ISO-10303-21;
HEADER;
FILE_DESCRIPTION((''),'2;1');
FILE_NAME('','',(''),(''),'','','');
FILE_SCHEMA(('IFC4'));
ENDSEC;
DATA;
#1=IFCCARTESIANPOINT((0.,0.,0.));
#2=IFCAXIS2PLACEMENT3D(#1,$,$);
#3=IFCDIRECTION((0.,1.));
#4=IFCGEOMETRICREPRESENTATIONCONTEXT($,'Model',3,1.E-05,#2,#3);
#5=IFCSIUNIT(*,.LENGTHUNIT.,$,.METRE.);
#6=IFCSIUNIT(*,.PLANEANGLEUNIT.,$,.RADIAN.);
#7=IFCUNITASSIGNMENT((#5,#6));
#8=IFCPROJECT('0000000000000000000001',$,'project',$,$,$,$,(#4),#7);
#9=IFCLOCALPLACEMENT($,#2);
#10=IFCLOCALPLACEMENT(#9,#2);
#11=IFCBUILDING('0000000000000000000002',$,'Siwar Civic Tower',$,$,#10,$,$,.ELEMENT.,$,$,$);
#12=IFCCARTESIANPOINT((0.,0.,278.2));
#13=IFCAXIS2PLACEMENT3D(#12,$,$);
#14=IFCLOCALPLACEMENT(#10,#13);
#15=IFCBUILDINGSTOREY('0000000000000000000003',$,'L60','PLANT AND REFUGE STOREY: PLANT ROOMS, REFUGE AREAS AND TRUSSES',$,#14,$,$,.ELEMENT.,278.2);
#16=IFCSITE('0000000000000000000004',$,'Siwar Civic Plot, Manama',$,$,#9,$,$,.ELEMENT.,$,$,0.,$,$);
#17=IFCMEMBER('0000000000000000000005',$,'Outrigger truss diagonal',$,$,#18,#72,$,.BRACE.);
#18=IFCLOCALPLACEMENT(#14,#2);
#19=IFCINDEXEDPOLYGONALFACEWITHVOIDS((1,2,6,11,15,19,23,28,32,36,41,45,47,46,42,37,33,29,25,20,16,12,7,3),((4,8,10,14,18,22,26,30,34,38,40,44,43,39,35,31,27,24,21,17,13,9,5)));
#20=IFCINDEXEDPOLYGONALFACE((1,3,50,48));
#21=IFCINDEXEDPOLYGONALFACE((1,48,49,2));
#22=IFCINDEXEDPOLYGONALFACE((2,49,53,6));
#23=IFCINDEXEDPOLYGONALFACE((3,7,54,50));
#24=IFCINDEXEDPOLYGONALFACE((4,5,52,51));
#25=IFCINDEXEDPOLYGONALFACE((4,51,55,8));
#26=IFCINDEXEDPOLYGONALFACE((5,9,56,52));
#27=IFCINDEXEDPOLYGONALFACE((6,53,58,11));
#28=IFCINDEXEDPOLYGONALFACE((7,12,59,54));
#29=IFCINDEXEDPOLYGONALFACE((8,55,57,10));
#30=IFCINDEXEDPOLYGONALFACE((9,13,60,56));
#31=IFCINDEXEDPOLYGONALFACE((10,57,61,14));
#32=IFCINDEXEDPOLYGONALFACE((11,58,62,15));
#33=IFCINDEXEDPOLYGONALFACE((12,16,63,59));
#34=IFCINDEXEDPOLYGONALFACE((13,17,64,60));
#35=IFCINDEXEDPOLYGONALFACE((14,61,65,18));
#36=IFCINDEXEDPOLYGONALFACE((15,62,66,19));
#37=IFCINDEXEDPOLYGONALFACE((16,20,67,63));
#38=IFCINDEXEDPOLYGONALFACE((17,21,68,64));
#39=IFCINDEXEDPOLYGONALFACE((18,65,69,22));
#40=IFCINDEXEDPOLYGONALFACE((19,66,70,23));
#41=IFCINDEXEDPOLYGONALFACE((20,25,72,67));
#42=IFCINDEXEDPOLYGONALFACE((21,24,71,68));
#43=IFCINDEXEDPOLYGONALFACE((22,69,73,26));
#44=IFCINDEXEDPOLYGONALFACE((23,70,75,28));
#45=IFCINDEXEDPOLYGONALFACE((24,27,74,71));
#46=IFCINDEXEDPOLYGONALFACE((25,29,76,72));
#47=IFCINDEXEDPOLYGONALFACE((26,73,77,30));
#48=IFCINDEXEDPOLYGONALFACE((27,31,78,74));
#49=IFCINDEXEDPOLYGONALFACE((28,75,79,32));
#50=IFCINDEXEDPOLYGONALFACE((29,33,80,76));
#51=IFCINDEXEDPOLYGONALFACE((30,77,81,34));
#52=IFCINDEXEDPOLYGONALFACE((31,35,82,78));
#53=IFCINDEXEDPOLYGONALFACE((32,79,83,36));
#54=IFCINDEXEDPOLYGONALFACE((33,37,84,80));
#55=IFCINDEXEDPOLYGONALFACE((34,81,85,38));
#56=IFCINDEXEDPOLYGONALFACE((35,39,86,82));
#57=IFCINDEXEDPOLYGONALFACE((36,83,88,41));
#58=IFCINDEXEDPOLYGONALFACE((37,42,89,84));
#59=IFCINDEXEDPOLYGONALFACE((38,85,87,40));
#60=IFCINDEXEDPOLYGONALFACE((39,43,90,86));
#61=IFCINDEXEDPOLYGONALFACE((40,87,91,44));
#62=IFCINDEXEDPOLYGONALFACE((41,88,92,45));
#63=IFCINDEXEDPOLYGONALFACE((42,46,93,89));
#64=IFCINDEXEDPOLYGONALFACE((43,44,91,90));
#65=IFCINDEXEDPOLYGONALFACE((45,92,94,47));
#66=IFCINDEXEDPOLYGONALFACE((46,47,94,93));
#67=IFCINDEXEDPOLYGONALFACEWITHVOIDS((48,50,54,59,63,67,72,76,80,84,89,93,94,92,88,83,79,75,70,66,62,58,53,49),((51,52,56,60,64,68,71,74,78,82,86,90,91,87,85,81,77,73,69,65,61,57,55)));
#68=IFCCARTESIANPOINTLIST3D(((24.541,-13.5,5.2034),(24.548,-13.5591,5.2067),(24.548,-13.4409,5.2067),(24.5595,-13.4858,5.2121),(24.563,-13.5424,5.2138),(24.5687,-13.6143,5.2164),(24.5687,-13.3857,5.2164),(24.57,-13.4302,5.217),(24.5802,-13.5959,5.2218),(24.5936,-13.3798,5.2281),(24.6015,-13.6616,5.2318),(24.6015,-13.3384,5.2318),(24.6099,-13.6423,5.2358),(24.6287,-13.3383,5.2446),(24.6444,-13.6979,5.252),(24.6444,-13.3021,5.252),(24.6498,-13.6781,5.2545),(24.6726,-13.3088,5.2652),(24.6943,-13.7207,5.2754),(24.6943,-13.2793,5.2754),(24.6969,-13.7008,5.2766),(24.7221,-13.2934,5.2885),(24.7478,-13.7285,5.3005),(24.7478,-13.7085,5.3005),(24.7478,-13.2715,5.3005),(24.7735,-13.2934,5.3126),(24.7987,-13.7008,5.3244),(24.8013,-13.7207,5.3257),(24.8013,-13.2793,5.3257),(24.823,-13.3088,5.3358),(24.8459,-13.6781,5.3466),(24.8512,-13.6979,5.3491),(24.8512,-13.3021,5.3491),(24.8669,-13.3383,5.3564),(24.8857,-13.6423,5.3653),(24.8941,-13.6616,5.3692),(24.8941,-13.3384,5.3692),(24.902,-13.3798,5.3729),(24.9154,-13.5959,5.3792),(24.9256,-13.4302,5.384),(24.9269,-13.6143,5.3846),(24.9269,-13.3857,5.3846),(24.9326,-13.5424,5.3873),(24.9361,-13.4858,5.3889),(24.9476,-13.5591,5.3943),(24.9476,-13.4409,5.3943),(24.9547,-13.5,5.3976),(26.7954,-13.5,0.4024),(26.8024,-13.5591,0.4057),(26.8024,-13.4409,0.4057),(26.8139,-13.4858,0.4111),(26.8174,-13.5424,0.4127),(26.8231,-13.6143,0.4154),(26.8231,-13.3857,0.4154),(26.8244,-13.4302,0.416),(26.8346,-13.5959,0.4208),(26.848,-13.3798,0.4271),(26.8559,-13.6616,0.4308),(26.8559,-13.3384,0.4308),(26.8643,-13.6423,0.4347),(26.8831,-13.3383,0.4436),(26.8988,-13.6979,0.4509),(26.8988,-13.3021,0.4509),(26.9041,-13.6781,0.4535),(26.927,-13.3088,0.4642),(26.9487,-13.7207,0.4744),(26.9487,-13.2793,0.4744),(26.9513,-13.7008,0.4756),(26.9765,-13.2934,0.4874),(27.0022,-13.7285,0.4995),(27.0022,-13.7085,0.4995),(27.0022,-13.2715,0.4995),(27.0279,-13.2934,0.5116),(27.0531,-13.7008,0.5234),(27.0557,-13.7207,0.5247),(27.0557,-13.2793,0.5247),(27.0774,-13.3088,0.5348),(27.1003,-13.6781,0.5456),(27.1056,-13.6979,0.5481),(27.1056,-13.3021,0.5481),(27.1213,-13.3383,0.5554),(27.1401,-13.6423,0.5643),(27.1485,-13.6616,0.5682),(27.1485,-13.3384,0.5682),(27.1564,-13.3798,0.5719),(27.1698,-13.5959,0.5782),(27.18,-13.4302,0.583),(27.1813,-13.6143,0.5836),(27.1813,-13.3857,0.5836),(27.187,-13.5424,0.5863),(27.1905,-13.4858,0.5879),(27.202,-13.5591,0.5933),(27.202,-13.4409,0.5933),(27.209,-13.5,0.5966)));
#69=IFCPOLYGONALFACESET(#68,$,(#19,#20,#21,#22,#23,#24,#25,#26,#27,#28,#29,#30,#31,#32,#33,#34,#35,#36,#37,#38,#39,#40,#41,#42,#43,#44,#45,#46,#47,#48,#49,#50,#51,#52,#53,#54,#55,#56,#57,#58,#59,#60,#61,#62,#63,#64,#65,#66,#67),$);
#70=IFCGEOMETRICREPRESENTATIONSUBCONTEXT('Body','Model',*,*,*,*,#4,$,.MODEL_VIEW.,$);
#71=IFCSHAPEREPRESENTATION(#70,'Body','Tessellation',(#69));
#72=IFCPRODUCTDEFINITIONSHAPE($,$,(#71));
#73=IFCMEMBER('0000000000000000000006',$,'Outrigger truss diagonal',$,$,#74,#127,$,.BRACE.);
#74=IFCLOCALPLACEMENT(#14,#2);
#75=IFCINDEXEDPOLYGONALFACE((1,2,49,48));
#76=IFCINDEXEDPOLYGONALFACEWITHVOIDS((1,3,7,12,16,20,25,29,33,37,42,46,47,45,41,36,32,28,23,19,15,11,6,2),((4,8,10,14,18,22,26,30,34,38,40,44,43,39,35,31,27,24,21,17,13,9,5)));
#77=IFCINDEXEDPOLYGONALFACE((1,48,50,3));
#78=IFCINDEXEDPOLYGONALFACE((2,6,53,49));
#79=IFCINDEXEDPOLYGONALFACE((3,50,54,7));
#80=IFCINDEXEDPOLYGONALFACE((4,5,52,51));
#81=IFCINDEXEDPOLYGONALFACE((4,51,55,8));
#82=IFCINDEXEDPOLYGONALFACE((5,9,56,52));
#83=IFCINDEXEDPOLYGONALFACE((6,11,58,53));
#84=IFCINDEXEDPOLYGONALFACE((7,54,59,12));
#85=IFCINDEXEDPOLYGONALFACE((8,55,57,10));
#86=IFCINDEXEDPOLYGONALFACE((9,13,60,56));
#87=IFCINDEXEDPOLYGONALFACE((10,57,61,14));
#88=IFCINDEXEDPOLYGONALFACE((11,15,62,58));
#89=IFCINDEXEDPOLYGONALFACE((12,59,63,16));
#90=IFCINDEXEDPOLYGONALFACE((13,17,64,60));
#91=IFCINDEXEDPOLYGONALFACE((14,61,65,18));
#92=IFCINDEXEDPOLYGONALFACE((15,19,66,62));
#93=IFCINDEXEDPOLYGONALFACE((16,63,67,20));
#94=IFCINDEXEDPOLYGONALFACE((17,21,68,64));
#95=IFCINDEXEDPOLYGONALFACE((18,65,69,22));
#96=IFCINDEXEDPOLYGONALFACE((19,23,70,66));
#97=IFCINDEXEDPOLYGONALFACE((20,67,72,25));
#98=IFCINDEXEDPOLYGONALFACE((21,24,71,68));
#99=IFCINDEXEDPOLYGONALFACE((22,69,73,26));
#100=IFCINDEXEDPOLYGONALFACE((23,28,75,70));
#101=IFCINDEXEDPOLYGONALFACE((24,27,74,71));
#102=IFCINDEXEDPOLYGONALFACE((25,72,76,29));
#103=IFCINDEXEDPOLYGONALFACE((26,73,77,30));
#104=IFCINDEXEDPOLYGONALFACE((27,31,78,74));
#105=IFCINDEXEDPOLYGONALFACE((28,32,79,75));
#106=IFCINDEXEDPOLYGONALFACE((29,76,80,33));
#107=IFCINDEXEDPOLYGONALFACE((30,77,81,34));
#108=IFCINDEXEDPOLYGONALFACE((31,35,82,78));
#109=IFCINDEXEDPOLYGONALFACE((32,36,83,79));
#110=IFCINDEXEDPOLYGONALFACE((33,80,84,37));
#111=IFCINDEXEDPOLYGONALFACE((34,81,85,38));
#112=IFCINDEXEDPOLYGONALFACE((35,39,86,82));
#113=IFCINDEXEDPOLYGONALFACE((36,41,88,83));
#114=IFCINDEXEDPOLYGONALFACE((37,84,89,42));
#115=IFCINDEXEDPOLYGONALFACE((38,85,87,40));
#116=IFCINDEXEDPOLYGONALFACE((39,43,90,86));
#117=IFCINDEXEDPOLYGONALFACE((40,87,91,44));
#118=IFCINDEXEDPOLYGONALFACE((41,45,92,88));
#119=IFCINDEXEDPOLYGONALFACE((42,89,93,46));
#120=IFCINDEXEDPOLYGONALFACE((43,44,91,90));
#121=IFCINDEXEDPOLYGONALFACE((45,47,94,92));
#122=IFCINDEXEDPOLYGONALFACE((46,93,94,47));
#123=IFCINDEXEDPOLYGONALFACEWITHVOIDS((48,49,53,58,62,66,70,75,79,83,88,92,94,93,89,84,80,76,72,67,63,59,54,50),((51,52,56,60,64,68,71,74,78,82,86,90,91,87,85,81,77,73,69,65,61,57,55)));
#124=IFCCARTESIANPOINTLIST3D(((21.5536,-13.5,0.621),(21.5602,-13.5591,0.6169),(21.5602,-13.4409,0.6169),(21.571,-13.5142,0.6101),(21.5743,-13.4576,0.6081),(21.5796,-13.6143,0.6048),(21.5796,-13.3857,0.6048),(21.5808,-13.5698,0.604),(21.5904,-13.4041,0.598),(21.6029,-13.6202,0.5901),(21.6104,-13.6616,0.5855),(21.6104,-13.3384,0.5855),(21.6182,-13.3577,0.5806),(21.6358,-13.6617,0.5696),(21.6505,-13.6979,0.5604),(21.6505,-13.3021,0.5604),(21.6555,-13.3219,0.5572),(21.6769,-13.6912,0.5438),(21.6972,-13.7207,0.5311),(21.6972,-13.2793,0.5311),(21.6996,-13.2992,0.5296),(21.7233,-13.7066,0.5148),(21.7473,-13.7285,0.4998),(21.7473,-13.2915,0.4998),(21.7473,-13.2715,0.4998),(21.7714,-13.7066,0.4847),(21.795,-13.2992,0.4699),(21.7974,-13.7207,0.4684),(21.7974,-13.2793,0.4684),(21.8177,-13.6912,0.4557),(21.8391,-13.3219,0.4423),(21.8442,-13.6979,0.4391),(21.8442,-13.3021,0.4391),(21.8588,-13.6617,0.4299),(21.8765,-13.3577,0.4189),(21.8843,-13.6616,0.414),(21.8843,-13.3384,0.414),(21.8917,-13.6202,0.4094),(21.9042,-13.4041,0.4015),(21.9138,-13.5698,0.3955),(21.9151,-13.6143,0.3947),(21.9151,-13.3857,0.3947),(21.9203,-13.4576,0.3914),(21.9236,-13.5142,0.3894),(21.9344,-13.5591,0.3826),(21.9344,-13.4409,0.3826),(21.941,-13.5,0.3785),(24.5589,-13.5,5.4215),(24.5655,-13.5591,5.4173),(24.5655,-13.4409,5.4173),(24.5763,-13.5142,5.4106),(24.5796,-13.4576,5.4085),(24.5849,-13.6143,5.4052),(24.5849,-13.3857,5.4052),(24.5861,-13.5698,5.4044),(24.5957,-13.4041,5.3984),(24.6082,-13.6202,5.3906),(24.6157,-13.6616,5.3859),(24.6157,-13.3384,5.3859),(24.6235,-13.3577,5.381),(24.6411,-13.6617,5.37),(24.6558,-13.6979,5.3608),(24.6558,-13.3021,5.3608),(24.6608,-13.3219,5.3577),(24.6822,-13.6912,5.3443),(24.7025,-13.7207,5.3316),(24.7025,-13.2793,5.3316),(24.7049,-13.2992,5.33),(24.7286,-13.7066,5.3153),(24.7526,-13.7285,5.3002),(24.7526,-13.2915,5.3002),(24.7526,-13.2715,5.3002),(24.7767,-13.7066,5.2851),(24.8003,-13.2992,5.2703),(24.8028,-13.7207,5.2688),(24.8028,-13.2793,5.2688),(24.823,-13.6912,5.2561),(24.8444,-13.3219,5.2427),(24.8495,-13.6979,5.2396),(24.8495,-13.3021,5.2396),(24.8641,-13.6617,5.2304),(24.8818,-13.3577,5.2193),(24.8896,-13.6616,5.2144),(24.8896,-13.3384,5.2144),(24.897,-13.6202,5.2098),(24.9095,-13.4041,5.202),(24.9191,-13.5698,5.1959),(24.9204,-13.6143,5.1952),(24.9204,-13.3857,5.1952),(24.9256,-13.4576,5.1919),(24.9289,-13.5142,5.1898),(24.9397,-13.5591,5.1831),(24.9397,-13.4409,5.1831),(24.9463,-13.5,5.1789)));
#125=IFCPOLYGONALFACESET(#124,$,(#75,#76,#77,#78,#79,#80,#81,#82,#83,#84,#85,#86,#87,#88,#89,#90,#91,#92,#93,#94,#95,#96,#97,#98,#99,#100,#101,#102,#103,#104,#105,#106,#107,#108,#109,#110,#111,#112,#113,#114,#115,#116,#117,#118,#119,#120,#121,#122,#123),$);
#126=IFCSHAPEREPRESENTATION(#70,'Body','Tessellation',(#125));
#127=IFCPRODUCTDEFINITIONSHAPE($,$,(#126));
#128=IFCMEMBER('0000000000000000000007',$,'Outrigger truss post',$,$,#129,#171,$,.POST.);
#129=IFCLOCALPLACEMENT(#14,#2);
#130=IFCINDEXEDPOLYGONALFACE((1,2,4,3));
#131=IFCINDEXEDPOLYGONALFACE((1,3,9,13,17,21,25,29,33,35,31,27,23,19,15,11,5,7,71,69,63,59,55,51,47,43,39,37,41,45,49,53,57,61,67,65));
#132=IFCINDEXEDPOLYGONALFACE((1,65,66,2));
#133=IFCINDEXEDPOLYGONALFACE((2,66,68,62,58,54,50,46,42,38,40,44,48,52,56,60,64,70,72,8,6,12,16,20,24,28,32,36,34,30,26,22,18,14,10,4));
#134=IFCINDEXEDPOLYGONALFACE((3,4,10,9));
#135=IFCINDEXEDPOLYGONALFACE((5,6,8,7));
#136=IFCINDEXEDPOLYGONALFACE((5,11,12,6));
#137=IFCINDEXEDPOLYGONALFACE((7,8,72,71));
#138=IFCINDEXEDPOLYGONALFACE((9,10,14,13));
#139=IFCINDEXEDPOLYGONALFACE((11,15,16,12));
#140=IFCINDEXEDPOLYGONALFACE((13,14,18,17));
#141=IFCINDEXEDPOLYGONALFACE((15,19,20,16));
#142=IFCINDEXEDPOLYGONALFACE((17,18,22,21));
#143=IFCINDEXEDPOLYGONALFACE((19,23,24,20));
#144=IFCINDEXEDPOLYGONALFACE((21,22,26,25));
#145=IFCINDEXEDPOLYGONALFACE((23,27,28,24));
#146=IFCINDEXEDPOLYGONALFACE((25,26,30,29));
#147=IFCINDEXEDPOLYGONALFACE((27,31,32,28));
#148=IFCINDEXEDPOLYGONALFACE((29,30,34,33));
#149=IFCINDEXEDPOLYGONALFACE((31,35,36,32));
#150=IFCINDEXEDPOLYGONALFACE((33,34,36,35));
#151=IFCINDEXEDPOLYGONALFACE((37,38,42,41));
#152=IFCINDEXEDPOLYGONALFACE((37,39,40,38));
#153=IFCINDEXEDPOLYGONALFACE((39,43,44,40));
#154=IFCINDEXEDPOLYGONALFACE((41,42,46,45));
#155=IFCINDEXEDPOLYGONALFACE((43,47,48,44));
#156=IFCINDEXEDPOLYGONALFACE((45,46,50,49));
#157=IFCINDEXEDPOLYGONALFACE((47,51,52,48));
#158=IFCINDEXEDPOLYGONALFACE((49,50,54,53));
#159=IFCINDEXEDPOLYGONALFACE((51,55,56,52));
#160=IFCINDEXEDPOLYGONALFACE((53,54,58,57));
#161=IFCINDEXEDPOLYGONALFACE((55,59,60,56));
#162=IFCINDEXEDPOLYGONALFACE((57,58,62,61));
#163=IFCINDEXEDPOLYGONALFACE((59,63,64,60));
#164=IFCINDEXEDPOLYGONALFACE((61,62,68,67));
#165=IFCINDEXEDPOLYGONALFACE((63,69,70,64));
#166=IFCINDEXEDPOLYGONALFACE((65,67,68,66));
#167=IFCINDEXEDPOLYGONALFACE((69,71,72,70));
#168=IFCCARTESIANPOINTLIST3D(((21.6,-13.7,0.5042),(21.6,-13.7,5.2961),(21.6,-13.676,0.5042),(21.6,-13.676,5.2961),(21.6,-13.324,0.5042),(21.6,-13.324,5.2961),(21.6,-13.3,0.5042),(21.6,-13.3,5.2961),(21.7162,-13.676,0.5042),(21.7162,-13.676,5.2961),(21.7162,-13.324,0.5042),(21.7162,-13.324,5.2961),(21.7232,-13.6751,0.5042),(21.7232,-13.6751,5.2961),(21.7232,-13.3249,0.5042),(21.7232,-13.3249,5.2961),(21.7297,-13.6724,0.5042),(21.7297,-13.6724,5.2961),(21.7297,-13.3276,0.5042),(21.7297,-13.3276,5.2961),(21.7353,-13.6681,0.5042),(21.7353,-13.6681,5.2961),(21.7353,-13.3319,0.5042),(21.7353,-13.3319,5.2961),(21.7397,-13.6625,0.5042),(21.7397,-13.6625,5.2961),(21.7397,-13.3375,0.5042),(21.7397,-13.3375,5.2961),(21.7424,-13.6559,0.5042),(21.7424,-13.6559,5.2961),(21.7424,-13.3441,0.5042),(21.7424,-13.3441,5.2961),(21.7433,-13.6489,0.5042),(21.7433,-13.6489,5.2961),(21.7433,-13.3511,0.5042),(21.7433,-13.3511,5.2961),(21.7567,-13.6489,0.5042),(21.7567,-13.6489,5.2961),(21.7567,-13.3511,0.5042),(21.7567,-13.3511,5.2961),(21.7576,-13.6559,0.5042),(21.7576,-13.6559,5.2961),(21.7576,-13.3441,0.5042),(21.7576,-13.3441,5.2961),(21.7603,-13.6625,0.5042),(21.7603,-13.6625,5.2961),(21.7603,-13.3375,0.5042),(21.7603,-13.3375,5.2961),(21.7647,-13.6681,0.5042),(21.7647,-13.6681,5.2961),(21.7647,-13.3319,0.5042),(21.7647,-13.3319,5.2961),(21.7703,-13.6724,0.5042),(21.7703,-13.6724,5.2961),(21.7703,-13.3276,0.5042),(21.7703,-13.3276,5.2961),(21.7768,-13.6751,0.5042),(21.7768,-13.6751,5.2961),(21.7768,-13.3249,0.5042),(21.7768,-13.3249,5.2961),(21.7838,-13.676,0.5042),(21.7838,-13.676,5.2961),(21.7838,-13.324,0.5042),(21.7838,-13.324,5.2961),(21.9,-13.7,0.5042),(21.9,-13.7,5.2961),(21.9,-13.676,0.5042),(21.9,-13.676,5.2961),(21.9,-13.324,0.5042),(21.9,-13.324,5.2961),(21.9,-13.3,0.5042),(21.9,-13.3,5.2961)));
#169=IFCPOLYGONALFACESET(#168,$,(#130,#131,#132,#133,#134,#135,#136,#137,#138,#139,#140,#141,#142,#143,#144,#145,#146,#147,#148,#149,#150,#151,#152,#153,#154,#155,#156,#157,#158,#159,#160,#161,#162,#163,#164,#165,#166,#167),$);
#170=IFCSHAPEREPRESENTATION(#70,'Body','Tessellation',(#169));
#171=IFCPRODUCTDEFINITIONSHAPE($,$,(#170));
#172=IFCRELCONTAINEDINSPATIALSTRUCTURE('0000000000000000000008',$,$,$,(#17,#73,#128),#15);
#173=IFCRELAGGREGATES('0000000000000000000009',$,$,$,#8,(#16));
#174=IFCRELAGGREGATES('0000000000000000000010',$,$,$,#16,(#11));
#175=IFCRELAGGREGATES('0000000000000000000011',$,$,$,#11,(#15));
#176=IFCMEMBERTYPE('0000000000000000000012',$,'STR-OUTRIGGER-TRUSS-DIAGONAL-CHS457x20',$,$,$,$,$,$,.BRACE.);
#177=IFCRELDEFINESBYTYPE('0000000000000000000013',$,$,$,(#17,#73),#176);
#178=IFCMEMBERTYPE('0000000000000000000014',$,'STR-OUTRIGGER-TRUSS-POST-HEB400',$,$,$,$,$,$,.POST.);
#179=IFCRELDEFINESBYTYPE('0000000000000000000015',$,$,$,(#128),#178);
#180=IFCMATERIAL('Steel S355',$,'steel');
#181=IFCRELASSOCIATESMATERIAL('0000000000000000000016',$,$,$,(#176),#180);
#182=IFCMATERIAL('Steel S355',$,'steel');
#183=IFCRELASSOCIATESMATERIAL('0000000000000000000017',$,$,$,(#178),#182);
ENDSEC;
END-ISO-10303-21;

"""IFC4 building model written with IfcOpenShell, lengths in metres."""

from ifc_helpers import new_model, si_unit, direction, frame, origin, origin_2d, place, context, subcontext, project, spatial, hollow_circle, i_section, extrude, material, material_profile, profile_set, type_object, element, save


model = new_model("IFC4")

# Units and contexts
model_context = context("Model", 3, precision=1e-05, world=origin(), true_north=direction((0.0, 1.0)))
body_context = subcontext(model_context, "Body", "Model", "MODEL_VIEW")
ifc_project = project(units=[si_unit("LENGTHUNIT", "METRE"), si_unit("PLANEANGLEUNIT", "RADIAN")], contexts=[model_context])

# Site, building, storey
site_placement = place(None, origin())
site = spatial("IfcSite", under=ifc_project, at=site_placement, Name="Siwar Civic Plot, Manama", CompositionType="ELEMENT", RefElevation=0.0)
building_placement = place(site_placement, origin())
building = spatial("IfcBuilding", under=site, at=building_placement, Name="Siwar Civic Tower", CompositionType="ELEMENT")
storey_placement = place(building_placement, frame((0.0, 0.0, 278.2)))
storey = spatial("IfcBuildingStorey", under=building, at=storey_placement, Name="L60", Description="PLANT AND REFUGE STOREY: PLANT ROOMS, REFUGE AREAS AND TRUSSES", CompositionType="ELEMENT", Elevation=278.2)

# Members
ifc_material_1 = material(Name="Steel S355", Category="steel")
ifc_material_profile_1 = material_profile(ifc_material_1, hollow_circle(Radius=0.2285, WallThickness=0.02, at=origin_2d()), Name="CHS457x20")
ifc_profile_set_1 = profile_set([ifc_material_profile_1], Name="Steel S355")
member_type_1 = type_object("IfcMemberType", Name="STR-OUTRIGGER-TRUSS-DIAGONAL-CHS457x20", PredefinedType="BRACE", material=ifc_profile_set_1)
member_1_placement = place(storey_placement, frame((27.0022, -13.5, 0.4995), z_axis=(-0.425039, 0.0, 0.905175), x_axis=(0.0, -1.0, 0.0)))
element("IfcMember", 1, at=member_1_placement, inside=storey, type_object=member_type_1, Name="Outrigger truss diagonal", PredefinedType="BRACE", context=body_context, shape_type="SweptSolid", body=[
    extrude(hollow_circle(Radius=0.2285, WallThickness=0.02, at=origin_2d()), origin(), (0.0, 0.0, 1.0), 5.304),
])
member_2_placement = place(storey_placement, frame((21.7473, -13.5, 0.4998), z_axis=(0.530638, 0.0, 0.847598), x_axis=(0.0, 1.0, 0.0)))
element("IfcMember", 2, at=member_2_placement, inside=storey, type_object=member_type_1, Name="Outrigger truss diagonal", PredefinedType="BRACE", context=body_context, shape_type="SweptSolid", body=[
    extrude(hollow_circle(Radius=0.2285, WallThickness=0.02, at=origin_2d()), origin(), (0.0, 0.0, 1.0), 5.6636),
])
ifc_material_2 = material(Name="Steel S355", Category="steel")
ifc_material_profile_2 = material_profile(ifc_material_2, i_section(OverallWidth=0.3, OverallDepth=0.3999, WebThickness=0.0134, FlangeThickness=0.0239, FilletRadius=0.0271, at=origin_2d()), Name="HEB400")
ifc_profile_set_2 = profile_set([ifc_material_profile_2], Name="Steel S355")
member_type_2 = type_object("IfcMemberType", Name="STR-OUTRIGGER-TRUSS-POST-HEB400", PredefinedType="POST", material=ifc_profile_set_2)
member_3_placement = place(storey_placement, frame((21.75, -13.5, 0.5042), z_axis=(0.0, 0.0, 1.0), x_axis=(1.0, 0.0, 0.0)))
element("IfcMember", 3, at=member_3_placement, inside=storey, type_object=member_type_2, Name="Outrigger truss post", PredefinedType="POST", context=body_context, shape_type="SweptSolid", body=[
    extrude(i_section(OverallWidth=0.3, OverallDepth=0.3999, WebThickness=0.0134, FlangeThickness=0.0239, FilletRadius=0.0271, at=origin_2d()), origin(), (0.0, 0.0, 1.0), 4.792),
])

save(model, "model.ifc")
